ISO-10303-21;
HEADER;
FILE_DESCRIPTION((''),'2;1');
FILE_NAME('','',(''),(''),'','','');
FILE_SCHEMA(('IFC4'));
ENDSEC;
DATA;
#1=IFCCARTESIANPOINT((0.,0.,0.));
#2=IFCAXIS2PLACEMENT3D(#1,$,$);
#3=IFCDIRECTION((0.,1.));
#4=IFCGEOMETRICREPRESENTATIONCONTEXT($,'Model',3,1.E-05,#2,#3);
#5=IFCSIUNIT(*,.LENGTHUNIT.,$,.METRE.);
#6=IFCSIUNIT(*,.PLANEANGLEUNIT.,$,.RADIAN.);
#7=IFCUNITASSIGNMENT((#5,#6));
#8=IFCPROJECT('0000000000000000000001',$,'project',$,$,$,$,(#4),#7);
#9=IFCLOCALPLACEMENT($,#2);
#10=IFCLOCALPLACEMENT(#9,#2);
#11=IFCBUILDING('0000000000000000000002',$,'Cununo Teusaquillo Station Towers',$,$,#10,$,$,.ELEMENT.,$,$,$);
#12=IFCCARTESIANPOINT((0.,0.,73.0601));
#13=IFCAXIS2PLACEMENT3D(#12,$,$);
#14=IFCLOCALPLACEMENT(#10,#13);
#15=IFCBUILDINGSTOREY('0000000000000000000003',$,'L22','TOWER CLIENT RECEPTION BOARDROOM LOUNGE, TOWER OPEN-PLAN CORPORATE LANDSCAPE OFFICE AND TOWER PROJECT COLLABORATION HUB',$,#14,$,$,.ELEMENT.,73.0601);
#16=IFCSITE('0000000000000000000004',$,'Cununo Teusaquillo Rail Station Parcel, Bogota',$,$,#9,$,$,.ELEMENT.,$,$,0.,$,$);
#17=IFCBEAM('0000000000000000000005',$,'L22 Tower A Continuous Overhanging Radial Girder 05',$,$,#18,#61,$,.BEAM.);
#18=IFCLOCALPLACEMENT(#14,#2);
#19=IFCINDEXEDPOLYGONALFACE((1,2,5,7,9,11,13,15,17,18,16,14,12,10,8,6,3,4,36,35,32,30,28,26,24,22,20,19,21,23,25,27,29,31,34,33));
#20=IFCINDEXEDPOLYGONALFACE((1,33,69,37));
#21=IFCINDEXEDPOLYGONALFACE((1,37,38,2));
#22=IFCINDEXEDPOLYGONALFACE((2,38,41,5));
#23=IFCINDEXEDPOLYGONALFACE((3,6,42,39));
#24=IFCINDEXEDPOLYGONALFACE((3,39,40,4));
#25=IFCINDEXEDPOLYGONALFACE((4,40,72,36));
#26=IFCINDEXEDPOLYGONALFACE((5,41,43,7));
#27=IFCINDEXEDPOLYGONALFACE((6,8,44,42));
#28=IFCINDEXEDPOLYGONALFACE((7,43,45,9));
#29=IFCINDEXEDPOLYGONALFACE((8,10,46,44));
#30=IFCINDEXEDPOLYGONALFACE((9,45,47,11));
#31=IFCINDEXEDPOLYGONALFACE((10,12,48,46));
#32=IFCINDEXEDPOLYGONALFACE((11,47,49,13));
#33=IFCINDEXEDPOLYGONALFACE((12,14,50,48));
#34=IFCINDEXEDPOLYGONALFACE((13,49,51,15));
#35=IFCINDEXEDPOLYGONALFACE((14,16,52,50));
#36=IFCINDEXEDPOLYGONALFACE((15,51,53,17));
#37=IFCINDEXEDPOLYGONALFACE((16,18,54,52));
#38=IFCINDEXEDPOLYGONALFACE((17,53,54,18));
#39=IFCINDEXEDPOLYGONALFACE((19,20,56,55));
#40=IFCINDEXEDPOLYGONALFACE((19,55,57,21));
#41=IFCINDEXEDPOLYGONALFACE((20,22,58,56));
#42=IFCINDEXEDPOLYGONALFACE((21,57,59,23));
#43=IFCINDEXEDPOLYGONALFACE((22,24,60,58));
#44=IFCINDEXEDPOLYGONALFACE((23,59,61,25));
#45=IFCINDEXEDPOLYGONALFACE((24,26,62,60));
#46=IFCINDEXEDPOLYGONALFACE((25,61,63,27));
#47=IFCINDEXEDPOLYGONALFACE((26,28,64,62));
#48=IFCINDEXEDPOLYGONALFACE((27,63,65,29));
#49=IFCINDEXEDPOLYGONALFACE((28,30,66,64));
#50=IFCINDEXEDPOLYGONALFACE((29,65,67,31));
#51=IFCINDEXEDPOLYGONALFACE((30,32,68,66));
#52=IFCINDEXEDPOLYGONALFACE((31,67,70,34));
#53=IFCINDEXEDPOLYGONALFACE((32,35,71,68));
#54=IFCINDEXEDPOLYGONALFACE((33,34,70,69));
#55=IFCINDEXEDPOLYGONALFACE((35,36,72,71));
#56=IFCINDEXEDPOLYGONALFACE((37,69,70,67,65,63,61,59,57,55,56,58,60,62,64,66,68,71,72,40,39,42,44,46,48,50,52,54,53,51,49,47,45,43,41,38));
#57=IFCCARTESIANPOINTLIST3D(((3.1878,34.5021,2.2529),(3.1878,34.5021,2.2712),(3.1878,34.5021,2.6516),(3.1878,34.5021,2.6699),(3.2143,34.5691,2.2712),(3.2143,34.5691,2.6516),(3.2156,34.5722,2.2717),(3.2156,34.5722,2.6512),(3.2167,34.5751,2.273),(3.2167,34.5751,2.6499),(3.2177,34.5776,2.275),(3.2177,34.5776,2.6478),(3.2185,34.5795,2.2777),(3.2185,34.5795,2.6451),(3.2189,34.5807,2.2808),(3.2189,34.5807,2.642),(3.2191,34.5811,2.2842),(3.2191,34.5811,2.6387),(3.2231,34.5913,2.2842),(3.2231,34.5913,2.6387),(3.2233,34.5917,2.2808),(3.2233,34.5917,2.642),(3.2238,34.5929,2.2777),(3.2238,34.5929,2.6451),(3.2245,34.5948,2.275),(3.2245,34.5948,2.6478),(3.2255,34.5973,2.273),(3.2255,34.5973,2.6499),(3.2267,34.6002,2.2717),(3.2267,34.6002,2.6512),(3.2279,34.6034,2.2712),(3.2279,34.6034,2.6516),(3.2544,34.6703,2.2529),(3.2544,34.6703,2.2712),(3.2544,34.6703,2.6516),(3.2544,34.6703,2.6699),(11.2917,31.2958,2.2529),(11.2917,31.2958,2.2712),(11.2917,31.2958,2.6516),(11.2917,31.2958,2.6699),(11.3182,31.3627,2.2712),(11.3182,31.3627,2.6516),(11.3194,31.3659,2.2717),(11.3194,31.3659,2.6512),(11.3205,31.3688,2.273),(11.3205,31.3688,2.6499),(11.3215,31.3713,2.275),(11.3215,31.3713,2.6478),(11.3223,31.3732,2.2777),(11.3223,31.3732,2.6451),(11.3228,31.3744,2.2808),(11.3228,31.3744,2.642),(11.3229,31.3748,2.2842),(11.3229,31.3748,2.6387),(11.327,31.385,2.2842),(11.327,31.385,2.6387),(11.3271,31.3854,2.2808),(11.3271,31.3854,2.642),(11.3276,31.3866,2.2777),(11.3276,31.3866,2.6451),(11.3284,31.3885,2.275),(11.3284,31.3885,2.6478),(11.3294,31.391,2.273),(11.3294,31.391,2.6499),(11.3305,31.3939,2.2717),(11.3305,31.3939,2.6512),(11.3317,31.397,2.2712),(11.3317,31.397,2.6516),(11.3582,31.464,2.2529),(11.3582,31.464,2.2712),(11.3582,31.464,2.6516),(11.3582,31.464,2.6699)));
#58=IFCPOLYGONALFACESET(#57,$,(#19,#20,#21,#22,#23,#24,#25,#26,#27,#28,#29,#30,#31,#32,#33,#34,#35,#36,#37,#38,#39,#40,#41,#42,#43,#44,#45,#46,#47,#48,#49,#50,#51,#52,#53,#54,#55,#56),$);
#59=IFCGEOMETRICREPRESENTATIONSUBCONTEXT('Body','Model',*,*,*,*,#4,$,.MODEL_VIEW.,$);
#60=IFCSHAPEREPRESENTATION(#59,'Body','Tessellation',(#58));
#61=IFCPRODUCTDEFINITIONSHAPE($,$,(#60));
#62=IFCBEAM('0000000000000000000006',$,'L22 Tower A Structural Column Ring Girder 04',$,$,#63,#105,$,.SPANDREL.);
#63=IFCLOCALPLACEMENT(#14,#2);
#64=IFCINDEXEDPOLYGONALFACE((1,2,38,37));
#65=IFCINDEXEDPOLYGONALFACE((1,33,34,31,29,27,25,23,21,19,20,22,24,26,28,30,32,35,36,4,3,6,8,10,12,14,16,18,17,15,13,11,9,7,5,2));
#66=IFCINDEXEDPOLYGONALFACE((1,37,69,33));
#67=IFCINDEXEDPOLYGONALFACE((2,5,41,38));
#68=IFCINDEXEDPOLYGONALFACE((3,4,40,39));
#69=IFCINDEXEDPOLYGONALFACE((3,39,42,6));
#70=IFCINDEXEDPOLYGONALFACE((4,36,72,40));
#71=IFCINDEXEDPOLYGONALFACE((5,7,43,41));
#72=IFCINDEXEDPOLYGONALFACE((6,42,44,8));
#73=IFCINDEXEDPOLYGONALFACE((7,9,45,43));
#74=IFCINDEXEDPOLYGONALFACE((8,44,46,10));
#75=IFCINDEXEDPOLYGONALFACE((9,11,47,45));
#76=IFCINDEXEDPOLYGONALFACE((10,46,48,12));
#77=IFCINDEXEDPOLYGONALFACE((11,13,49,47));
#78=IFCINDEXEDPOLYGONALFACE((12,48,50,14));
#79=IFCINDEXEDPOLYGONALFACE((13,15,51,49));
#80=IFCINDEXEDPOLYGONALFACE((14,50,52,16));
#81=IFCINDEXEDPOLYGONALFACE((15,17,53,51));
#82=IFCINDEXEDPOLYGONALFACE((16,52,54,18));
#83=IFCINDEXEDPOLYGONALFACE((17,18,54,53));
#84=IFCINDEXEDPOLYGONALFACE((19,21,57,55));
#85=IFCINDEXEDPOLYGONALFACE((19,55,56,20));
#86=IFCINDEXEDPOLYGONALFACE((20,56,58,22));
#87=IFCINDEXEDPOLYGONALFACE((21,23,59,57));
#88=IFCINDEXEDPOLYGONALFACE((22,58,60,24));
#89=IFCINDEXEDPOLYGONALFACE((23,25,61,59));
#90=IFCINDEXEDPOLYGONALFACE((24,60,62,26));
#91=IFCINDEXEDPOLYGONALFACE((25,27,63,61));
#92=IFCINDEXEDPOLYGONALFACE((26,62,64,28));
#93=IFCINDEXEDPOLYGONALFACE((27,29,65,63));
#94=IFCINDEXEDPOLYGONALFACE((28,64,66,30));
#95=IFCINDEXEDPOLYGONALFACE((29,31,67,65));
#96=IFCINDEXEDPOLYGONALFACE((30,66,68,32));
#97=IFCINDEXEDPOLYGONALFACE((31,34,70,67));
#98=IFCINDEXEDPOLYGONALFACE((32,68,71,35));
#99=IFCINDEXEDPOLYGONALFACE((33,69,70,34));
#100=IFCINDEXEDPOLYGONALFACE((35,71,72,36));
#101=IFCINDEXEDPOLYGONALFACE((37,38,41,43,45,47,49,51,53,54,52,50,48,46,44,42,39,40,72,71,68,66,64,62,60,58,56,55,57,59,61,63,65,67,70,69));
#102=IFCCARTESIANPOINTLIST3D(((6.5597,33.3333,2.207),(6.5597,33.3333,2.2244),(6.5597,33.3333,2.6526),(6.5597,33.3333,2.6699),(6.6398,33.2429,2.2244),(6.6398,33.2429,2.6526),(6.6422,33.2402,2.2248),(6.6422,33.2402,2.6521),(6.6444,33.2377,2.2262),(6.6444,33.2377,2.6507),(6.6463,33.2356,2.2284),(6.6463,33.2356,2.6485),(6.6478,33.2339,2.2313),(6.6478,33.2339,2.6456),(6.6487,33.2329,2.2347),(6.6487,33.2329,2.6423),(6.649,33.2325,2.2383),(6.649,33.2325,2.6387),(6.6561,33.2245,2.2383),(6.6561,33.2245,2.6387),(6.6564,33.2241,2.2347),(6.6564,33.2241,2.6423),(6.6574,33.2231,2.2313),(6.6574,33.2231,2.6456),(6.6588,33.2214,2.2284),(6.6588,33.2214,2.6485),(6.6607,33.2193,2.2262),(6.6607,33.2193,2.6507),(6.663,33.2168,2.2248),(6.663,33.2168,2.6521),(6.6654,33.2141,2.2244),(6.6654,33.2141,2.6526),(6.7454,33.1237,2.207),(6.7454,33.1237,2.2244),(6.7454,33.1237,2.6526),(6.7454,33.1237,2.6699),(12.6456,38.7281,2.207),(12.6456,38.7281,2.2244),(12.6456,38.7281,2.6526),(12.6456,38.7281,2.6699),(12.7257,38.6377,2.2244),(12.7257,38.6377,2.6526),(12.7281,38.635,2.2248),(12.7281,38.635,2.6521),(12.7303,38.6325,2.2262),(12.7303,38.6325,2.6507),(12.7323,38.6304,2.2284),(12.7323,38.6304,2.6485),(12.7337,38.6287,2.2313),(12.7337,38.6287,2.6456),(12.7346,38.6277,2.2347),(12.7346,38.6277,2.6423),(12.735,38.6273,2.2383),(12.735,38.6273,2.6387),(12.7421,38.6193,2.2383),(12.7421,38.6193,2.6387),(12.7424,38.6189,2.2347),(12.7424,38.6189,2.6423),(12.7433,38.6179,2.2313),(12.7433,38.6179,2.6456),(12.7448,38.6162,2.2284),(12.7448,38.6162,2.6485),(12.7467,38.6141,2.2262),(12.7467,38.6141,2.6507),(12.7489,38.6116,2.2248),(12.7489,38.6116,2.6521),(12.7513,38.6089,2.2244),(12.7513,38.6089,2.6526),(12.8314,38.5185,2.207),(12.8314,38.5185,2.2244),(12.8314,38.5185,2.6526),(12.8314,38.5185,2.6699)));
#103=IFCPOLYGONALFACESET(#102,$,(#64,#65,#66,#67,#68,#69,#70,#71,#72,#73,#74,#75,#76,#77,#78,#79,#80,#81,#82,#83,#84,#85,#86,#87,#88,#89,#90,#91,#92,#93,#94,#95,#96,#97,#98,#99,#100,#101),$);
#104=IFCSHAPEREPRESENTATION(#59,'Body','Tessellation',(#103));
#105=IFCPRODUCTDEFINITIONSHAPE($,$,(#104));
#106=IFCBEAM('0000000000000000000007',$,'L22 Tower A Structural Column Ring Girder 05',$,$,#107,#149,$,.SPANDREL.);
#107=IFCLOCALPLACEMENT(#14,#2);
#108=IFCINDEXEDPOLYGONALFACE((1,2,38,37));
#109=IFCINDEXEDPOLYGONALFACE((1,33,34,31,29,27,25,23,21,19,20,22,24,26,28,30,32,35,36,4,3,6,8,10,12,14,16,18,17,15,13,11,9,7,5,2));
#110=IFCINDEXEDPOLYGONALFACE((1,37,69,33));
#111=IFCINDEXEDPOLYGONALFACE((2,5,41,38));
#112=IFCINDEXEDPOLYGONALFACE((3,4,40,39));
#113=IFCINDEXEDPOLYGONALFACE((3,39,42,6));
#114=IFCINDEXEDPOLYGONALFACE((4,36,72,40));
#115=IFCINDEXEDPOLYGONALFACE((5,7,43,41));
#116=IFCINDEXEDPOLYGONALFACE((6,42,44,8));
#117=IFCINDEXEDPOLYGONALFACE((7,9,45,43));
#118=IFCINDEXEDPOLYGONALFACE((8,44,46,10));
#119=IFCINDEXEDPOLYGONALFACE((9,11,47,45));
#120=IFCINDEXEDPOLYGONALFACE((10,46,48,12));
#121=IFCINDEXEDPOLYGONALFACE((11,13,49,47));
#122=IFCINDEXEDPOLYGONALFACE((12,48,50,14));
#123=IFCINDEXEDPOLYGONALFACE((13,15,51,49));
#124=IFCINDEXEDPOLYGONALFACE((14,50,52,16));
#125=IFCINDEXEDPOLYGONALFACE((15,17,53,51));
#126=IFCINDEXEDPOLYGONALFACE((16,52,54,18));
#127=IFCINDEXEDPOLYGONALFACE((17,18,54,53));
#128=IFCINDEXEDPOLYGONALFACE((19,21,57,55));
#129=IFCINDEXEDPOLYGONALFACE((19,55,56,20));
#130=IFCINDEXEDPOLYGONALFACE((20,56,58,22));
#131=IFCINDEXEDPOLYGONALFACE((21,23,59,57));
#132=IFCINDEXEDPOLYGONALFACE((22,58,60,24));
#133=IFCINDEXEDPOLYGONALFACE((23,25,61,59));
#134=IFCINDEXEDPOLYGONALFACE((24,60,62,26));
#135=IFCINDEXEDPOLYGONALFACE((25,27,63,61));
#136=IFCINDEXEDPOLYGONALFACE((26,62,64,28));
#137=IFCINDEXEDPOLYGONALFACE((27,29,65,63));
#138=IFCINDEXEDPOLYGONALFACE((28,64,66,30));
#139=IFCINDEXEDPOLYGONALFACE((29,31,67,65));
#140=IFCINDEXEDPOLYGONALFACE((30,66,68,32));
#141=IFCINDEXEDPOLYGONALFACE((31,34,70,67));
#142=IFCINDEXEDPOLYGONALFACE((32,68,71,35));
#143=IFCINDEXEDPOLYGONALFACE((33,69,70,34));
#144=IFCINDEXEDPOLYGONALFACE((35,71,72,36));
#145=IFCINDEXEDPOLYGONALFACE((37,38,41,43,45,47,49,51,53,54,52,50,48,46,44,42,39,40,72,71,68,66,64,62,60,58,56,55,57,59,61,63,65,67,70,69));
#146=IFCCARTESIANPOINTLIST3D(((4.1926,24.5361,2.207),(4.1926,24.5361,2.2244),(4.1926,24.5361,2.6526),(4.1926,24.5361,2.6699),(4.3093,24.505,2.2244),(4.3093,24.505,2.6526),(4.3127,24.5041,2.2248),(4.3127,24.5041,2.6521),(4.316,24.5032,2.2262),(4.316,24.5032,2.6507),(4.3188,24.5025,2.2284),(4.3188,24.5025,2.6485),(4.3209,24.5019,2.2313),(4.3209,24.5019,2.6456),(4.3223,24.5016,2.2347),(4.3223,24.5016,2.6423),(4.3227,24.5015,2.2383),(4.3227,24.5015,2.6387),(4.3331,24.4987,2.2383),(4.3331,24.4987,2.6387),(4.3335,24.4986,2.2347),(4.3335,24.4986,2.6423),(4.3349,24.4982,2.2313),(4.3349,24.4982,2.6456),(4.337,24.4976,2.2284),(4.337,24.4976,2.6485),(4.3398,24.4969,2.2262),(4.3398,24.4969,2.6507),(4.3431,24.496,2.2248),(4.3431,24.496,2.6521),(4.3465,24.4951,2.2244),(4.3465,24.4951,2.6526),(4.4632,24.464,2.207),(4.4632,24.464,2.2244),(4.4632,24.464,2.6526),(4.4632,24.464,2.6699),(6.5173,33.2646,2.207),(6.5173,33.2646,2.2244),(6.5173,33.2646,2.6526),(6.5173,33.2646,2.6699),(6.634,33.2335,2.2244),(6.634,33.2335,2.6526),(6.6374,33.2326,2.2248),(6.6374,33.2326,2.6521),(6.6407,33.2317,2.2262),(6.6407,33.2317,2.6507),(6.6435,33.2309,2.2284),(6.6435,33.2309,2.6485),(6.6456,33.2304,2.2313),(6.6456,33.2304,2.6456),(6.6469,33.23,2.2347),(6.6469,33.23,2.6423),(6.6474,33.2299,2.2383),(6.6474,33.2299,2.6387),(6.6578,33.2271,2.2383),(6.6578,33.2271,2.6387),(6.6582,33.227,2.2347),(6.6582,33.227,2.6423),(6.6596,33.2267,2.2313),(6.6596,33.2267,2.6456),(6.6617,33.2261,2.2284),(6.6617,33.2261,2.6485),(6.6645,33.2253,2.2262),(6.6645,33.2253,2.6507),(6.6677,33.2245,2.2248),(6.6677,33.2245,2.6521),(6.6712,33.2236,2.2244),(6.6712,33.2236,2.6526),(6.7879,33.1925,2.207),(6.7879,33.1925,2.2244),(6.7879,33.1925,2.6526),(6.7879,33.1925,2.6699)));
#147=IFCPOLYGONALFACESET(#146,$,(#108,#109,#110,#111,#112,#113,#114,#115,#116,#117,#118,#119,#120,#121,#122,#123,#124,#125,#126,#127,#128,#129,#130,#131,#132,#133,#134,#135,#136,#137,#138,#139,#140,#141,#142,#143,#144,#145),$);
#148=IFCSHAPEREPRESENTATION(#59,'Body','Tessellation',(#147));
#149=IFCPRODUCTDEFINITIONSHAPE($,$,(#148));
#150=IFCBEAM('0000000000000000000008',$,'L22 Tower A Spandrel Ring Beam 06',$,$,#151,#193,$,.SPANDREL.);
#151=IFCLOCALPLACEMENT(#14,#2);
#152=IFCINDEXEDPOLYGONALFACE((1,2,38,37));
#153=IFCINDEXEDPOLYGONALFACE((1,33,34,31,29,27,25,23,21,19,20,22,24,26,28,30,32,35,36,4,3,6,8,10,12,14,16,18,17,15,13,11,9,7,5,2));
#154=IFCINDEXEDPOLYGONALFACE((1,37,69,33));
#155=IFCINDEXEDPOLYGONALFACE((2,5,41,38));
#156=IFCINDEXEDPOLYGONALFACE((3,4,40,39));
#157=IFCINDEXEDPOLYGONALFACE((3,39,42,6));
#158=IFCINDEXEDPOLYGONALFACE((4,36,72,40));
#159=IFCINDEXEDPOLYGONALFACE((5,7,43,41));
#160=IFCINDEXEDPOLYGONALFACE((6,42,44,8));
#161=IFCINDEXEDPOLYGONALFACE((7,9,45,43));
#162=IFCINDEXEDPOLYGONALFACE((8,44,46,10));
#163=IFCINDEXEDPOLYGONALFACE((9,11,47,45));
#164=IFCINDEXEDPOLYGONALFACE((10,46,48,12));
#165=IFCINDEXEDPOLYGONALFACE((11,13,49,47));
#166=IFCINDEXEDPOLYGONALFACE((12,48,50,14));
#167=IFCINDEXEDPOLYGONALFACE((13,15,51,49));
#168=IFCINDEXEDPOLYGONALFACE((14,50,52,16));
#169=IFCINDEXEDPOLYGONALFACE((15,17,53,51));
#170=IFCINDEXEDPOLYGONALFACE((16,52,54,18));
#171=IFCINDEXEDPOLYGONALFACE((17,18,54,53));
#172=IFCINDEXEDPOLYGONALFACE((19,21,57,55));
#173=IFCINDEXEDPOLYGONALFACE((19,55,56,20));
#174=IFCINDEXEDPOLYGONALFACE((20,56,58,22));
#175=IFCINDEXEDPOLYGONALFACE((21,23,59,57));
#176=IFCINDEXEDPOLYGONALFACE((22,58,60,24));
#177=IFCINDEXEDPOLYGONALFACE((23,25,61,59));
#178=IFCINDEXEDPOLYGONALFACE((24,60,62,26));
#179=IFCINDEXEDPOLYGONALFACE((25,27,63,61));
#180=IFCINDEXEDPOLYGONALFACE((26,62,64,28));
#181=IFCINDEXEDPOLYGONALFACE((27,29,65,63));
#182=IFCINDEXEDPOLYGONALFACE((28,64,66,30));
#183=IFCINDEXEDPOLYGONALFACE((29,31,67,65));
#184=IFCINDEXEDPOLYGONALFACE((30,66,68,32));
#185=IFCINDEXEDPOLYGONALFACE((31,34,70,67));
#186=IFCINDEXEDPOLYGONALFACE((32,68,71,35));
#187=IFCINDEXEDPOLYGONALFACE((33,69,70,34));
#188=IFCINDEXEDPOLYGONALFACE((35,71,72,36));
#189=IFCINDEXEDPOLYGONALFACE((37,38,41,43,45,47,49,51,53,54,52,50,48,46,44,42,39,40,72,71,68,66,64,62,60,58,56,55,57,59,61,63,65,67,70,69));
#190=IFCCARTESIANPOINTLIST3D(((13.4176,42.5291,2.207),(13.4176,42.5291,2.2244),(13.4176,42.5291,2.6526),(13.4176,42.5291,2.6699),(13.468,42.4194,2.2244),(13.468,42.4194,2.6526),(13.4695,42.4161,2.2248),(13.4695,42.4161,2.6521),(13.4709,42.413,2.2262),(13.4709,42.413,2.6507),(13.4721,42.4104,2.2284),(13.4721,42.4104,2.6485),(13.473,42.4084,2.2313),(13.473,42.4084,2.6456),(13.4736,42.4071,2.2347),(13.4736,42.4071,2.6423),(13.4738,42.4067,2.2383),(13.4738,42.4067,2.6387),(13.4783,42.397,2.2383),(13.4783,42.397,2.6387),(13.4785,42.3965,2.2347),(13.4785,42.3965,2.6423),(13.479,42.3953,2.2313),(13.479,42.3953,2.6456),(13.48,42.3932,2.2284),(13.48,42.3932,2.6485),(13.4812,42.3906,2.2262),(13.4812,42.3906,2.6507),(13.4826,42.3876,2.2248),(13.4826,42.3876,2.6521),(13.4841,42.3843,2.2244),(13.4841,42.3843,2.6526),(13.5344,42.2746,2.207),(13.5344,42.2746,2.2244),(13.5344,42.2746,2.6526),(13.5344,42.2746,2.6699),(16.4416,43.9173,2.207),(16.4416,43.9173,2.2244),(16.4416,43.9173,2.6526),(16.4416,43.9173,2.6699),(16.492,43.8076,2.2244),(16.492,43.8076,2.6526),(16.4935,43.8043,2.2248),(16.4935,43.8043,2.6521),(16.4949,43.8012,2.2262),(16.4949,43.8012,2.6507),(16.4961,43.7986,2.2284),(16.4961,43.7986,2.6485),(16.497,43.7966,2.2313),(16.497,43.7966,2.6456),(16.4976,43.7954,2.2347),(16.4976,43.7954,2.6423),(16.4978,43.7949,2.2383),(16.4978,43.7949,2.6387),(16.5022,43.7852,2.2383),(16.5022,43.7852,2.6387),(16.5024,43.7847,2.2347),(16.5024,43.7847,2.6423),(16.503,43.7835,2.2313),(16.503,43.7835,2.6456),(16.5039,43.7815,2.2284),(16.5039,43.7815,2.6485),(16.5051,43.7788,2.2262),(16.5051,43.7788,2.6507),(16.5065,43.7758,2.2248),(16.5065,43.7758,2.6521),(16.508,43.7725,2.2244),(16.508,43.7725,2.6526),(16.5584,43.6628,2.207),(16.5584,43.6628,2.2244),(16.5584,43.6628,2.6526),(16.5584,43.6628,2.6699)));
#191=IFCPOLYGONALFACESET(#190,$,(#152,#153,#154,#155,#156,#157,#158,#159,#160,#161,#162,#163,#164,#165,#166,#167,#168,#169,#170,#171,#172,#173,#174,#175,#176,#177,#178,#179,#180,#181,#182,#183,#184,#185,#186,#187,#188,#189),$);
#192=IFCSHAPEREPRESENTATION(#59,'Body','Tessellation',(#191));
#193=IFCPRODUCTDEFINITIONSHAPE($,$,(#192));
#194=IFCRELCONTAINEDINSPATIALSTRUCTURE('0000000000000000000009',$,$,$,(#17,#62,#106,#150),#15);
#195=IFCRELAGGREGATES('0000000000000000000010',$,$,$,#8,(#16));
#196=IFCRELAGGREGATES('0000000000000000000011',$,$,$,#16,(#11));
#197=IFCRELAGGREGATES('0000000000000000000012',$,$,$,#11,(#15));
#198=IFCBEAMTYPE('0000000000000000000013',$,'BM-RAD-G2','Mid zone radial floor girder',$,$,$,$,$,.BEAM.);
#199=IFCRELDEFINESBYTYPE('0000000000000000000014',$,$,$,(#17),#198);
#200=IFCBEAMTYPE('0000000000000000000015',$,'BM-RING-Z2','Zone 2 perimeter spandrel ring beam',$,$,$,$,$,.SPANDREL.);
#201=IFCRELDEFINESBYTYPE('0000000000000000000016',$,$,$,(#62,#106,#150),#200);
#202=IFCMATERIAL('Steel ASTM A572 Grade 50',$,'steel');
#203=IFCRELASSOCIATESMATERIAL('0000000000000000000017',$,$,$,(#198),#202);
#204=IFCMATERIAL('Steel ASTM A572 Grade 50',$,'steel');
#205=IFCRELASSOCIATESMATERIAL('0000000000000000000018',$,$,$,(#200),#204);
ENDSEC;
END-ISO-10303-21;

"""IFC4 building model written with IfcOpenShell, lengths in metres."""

from ifc_helpers import new_model, si_unit, direction, frame, origin, origin_2d, place, context, subcontext, project, spatial, i_section, extrude, material, material_profile, profile_set, type_object, element, save


model = new_model("IFC4")

# Units and contexts
model_context = context("Model", 3, precision=1e-05, world=origin(), true_north=direction((0.0, 1.0)))
body_context = subcontext(model_context, "Body", "Model", "MODEL_VIEW")
ifc_project = project(units=[si_unit("LENGTHUNIT", "METRE"), si_unit("PLANEANGLEUNIT", "RADIAN")], contexts=[model_context])

# Site, building, storey
site_placement = place(None, origin())
site = spatial("IfcSite", under=ifc_project, at=site_placement, Name="Cununo Teusaquillo Rail Station Parcel, Bogota", CompositionType="ELEMENT", RefElevation=0.0)
building_placement = place(site_placement, origin())
building = spatial("IfcBuilding", under=site, at=building_placement, Name="Cununo Teusaquillo Station Towers", CompositionType="ELEMENT")
storey_placement = place(building_placement, frame((0.0, 0.0, 73.0601)))
storey = spatial("IfcBuildingStorey", under=building, at=storey_placement, Name="L22", Description="TOWER CLIENT RECEPTION BOARDROOM LOUNGE, TOWER OPEN-PLAN CORPORATE LANDSCAPE OFFICE AND TOWER PROJECT COLLABORATION HUB", CompositionType="ELEMENT", Elevation=73.0601)

# Beams
ifc_material_1 = material(Name="Steel ASTM A572 Grade 50", Category="steel")
ifc_material_profile_1 = material_profile(ifc_material_1, i_section(OverallWidth=0.1809, OverallDepth=0.417, WebThickness=0.011, FlangeThickness=0.0183, FilletRadius=0.0129, at=origin_2d()), Name="W16X57")
ifc_profile_set_1 = profile_set([ifc_material_profile_1], Name="Steel ASTM A572 Grade 50")
beam_type_1 = type_object("IfcBeamType", Name="BM-RAD-G2", Description="Mid zone radial floor girder", PredefinedType="BEAM", material=ifc_profile_set_1)
beam_1_placement = place(storey_placement, frame((11.325, 31.3799, 2.4614), z_axis=(-0.929863, 0.367906, 0.0), x_axis=(-0.367906, -0.929863, 0.0)))
element("IfcBeam", 1, at=beam_1_placement, inside=storey, type_object=beam_type_1, Name="L22 Tower A Continuous Overhanging Radial Girder 05", PredefinedType="BEAM", context=body_context, shape_type="SweptSolid", body=[
    extrude(i_section(OverallWidth=0.1809, OverallDepth=0.417, WebThickness=0.011, FlangeThickness=0.0183, FilletRadius=0.0129, at=origin_2d()), origin(), (0.0, 0.0, 1.0), 8.7151),
])
ifc_material_2 = material(Name="Steel ASTM A572 Grade 50", Category="steel")
ifc_material_profile_2 = material_profile(ifc_material_2, i_section(OverallWidth=0.28, OverallDepth=0.4629, WebThickness=0.0107, FlangeThickness=0.0173, FilletRadius=0.0139, at=origin_2d()), Name="W18X76")
ifc_profile_set_2 = profile_set([ifc_material_profile_2], Name="Steel ASTM A572 Grade 50")
beam_type_2 = type_object("IfcBeamType", Name="BM-RING-Z2", Description="Zone 2 perimeter spandrel ring beam", PredefinedType="SPANDREL", material=ifc_profile_set_2)
beam_2_placement = place(storey_placement, frame((12.7385, 38.6233, 2.4385), z_axis=(-0.748321, -0.663337, 0.0), x_axis=(0.663337, -0.748321, 0.0)))
element("IfcBeam", 2, at=beam_2_placement, inside=storey, type_object=beam_type_2, Name="L22 Tower A Structural Column Ring Girder 04", PredefinedType="SPANDREL", context=body_context, shape_type="SweptSolid", body=[
    extrude(i_section(OverallWidth=0.28, OverallDepth=0.4629, WebThickness=0.0107, FlangeThickness=0.0173, FilletRadius=0.0139, at=origin_2d()), origin(), (0.0, 0.0, 1.0), 8.1328),
])
beam_3_placement = place(storey_placement, frame((6.6526, 33.2285, 2.4385), z_axis=(-0.257363, -0.966315, 0.0), x_axis=(0.966315, -0.257363, 0.0)))
element("IfcBeam", 3, at=beam_3_placement, inside=storey, type_object=beam_type_2, Name="L22 Tower A Structural Column Ring Girder 05", PredefinedType="SPANDREL", context=body_context, shape_type="SweptSolid", body=[
    extrude(i_section(OverallWidth=0.28, OverallDepth=0.4629, WebThickness=0.0107, FlangeThickness=0.0173, FilletRadius=0.0139, at=origin_2d()), origin(), (0.0, 0.0, 1.0), 9.0327),
])
beam_4_placement = place(storey_placement, frame((16.5, 43.79, 2.4385), z_axis=(-0.908812, -0.417205, 0.0), x_axis=(0.417205, -0.908812, 0.0)))
element("IfcBeam", 4, at=beam_4_placement, inside=storey, type_object=beam_type_2, Name="L22 Tower A Spandrel Ring Beam 06", PredefinedType="SPANDREL", context=body_context, shape_type="SweptSolid", body=[
    extrude(i_section(OverallWidth=0.28, OverallDepth=0.4629, WebThickness=0.0107, FlangeThickness=0.0173, FilletRadius=0.0139, at=origin_2d()), origin(), (0.0, 0.0, 1.0), 3.3274),
])

save(model, "model.ifc")
